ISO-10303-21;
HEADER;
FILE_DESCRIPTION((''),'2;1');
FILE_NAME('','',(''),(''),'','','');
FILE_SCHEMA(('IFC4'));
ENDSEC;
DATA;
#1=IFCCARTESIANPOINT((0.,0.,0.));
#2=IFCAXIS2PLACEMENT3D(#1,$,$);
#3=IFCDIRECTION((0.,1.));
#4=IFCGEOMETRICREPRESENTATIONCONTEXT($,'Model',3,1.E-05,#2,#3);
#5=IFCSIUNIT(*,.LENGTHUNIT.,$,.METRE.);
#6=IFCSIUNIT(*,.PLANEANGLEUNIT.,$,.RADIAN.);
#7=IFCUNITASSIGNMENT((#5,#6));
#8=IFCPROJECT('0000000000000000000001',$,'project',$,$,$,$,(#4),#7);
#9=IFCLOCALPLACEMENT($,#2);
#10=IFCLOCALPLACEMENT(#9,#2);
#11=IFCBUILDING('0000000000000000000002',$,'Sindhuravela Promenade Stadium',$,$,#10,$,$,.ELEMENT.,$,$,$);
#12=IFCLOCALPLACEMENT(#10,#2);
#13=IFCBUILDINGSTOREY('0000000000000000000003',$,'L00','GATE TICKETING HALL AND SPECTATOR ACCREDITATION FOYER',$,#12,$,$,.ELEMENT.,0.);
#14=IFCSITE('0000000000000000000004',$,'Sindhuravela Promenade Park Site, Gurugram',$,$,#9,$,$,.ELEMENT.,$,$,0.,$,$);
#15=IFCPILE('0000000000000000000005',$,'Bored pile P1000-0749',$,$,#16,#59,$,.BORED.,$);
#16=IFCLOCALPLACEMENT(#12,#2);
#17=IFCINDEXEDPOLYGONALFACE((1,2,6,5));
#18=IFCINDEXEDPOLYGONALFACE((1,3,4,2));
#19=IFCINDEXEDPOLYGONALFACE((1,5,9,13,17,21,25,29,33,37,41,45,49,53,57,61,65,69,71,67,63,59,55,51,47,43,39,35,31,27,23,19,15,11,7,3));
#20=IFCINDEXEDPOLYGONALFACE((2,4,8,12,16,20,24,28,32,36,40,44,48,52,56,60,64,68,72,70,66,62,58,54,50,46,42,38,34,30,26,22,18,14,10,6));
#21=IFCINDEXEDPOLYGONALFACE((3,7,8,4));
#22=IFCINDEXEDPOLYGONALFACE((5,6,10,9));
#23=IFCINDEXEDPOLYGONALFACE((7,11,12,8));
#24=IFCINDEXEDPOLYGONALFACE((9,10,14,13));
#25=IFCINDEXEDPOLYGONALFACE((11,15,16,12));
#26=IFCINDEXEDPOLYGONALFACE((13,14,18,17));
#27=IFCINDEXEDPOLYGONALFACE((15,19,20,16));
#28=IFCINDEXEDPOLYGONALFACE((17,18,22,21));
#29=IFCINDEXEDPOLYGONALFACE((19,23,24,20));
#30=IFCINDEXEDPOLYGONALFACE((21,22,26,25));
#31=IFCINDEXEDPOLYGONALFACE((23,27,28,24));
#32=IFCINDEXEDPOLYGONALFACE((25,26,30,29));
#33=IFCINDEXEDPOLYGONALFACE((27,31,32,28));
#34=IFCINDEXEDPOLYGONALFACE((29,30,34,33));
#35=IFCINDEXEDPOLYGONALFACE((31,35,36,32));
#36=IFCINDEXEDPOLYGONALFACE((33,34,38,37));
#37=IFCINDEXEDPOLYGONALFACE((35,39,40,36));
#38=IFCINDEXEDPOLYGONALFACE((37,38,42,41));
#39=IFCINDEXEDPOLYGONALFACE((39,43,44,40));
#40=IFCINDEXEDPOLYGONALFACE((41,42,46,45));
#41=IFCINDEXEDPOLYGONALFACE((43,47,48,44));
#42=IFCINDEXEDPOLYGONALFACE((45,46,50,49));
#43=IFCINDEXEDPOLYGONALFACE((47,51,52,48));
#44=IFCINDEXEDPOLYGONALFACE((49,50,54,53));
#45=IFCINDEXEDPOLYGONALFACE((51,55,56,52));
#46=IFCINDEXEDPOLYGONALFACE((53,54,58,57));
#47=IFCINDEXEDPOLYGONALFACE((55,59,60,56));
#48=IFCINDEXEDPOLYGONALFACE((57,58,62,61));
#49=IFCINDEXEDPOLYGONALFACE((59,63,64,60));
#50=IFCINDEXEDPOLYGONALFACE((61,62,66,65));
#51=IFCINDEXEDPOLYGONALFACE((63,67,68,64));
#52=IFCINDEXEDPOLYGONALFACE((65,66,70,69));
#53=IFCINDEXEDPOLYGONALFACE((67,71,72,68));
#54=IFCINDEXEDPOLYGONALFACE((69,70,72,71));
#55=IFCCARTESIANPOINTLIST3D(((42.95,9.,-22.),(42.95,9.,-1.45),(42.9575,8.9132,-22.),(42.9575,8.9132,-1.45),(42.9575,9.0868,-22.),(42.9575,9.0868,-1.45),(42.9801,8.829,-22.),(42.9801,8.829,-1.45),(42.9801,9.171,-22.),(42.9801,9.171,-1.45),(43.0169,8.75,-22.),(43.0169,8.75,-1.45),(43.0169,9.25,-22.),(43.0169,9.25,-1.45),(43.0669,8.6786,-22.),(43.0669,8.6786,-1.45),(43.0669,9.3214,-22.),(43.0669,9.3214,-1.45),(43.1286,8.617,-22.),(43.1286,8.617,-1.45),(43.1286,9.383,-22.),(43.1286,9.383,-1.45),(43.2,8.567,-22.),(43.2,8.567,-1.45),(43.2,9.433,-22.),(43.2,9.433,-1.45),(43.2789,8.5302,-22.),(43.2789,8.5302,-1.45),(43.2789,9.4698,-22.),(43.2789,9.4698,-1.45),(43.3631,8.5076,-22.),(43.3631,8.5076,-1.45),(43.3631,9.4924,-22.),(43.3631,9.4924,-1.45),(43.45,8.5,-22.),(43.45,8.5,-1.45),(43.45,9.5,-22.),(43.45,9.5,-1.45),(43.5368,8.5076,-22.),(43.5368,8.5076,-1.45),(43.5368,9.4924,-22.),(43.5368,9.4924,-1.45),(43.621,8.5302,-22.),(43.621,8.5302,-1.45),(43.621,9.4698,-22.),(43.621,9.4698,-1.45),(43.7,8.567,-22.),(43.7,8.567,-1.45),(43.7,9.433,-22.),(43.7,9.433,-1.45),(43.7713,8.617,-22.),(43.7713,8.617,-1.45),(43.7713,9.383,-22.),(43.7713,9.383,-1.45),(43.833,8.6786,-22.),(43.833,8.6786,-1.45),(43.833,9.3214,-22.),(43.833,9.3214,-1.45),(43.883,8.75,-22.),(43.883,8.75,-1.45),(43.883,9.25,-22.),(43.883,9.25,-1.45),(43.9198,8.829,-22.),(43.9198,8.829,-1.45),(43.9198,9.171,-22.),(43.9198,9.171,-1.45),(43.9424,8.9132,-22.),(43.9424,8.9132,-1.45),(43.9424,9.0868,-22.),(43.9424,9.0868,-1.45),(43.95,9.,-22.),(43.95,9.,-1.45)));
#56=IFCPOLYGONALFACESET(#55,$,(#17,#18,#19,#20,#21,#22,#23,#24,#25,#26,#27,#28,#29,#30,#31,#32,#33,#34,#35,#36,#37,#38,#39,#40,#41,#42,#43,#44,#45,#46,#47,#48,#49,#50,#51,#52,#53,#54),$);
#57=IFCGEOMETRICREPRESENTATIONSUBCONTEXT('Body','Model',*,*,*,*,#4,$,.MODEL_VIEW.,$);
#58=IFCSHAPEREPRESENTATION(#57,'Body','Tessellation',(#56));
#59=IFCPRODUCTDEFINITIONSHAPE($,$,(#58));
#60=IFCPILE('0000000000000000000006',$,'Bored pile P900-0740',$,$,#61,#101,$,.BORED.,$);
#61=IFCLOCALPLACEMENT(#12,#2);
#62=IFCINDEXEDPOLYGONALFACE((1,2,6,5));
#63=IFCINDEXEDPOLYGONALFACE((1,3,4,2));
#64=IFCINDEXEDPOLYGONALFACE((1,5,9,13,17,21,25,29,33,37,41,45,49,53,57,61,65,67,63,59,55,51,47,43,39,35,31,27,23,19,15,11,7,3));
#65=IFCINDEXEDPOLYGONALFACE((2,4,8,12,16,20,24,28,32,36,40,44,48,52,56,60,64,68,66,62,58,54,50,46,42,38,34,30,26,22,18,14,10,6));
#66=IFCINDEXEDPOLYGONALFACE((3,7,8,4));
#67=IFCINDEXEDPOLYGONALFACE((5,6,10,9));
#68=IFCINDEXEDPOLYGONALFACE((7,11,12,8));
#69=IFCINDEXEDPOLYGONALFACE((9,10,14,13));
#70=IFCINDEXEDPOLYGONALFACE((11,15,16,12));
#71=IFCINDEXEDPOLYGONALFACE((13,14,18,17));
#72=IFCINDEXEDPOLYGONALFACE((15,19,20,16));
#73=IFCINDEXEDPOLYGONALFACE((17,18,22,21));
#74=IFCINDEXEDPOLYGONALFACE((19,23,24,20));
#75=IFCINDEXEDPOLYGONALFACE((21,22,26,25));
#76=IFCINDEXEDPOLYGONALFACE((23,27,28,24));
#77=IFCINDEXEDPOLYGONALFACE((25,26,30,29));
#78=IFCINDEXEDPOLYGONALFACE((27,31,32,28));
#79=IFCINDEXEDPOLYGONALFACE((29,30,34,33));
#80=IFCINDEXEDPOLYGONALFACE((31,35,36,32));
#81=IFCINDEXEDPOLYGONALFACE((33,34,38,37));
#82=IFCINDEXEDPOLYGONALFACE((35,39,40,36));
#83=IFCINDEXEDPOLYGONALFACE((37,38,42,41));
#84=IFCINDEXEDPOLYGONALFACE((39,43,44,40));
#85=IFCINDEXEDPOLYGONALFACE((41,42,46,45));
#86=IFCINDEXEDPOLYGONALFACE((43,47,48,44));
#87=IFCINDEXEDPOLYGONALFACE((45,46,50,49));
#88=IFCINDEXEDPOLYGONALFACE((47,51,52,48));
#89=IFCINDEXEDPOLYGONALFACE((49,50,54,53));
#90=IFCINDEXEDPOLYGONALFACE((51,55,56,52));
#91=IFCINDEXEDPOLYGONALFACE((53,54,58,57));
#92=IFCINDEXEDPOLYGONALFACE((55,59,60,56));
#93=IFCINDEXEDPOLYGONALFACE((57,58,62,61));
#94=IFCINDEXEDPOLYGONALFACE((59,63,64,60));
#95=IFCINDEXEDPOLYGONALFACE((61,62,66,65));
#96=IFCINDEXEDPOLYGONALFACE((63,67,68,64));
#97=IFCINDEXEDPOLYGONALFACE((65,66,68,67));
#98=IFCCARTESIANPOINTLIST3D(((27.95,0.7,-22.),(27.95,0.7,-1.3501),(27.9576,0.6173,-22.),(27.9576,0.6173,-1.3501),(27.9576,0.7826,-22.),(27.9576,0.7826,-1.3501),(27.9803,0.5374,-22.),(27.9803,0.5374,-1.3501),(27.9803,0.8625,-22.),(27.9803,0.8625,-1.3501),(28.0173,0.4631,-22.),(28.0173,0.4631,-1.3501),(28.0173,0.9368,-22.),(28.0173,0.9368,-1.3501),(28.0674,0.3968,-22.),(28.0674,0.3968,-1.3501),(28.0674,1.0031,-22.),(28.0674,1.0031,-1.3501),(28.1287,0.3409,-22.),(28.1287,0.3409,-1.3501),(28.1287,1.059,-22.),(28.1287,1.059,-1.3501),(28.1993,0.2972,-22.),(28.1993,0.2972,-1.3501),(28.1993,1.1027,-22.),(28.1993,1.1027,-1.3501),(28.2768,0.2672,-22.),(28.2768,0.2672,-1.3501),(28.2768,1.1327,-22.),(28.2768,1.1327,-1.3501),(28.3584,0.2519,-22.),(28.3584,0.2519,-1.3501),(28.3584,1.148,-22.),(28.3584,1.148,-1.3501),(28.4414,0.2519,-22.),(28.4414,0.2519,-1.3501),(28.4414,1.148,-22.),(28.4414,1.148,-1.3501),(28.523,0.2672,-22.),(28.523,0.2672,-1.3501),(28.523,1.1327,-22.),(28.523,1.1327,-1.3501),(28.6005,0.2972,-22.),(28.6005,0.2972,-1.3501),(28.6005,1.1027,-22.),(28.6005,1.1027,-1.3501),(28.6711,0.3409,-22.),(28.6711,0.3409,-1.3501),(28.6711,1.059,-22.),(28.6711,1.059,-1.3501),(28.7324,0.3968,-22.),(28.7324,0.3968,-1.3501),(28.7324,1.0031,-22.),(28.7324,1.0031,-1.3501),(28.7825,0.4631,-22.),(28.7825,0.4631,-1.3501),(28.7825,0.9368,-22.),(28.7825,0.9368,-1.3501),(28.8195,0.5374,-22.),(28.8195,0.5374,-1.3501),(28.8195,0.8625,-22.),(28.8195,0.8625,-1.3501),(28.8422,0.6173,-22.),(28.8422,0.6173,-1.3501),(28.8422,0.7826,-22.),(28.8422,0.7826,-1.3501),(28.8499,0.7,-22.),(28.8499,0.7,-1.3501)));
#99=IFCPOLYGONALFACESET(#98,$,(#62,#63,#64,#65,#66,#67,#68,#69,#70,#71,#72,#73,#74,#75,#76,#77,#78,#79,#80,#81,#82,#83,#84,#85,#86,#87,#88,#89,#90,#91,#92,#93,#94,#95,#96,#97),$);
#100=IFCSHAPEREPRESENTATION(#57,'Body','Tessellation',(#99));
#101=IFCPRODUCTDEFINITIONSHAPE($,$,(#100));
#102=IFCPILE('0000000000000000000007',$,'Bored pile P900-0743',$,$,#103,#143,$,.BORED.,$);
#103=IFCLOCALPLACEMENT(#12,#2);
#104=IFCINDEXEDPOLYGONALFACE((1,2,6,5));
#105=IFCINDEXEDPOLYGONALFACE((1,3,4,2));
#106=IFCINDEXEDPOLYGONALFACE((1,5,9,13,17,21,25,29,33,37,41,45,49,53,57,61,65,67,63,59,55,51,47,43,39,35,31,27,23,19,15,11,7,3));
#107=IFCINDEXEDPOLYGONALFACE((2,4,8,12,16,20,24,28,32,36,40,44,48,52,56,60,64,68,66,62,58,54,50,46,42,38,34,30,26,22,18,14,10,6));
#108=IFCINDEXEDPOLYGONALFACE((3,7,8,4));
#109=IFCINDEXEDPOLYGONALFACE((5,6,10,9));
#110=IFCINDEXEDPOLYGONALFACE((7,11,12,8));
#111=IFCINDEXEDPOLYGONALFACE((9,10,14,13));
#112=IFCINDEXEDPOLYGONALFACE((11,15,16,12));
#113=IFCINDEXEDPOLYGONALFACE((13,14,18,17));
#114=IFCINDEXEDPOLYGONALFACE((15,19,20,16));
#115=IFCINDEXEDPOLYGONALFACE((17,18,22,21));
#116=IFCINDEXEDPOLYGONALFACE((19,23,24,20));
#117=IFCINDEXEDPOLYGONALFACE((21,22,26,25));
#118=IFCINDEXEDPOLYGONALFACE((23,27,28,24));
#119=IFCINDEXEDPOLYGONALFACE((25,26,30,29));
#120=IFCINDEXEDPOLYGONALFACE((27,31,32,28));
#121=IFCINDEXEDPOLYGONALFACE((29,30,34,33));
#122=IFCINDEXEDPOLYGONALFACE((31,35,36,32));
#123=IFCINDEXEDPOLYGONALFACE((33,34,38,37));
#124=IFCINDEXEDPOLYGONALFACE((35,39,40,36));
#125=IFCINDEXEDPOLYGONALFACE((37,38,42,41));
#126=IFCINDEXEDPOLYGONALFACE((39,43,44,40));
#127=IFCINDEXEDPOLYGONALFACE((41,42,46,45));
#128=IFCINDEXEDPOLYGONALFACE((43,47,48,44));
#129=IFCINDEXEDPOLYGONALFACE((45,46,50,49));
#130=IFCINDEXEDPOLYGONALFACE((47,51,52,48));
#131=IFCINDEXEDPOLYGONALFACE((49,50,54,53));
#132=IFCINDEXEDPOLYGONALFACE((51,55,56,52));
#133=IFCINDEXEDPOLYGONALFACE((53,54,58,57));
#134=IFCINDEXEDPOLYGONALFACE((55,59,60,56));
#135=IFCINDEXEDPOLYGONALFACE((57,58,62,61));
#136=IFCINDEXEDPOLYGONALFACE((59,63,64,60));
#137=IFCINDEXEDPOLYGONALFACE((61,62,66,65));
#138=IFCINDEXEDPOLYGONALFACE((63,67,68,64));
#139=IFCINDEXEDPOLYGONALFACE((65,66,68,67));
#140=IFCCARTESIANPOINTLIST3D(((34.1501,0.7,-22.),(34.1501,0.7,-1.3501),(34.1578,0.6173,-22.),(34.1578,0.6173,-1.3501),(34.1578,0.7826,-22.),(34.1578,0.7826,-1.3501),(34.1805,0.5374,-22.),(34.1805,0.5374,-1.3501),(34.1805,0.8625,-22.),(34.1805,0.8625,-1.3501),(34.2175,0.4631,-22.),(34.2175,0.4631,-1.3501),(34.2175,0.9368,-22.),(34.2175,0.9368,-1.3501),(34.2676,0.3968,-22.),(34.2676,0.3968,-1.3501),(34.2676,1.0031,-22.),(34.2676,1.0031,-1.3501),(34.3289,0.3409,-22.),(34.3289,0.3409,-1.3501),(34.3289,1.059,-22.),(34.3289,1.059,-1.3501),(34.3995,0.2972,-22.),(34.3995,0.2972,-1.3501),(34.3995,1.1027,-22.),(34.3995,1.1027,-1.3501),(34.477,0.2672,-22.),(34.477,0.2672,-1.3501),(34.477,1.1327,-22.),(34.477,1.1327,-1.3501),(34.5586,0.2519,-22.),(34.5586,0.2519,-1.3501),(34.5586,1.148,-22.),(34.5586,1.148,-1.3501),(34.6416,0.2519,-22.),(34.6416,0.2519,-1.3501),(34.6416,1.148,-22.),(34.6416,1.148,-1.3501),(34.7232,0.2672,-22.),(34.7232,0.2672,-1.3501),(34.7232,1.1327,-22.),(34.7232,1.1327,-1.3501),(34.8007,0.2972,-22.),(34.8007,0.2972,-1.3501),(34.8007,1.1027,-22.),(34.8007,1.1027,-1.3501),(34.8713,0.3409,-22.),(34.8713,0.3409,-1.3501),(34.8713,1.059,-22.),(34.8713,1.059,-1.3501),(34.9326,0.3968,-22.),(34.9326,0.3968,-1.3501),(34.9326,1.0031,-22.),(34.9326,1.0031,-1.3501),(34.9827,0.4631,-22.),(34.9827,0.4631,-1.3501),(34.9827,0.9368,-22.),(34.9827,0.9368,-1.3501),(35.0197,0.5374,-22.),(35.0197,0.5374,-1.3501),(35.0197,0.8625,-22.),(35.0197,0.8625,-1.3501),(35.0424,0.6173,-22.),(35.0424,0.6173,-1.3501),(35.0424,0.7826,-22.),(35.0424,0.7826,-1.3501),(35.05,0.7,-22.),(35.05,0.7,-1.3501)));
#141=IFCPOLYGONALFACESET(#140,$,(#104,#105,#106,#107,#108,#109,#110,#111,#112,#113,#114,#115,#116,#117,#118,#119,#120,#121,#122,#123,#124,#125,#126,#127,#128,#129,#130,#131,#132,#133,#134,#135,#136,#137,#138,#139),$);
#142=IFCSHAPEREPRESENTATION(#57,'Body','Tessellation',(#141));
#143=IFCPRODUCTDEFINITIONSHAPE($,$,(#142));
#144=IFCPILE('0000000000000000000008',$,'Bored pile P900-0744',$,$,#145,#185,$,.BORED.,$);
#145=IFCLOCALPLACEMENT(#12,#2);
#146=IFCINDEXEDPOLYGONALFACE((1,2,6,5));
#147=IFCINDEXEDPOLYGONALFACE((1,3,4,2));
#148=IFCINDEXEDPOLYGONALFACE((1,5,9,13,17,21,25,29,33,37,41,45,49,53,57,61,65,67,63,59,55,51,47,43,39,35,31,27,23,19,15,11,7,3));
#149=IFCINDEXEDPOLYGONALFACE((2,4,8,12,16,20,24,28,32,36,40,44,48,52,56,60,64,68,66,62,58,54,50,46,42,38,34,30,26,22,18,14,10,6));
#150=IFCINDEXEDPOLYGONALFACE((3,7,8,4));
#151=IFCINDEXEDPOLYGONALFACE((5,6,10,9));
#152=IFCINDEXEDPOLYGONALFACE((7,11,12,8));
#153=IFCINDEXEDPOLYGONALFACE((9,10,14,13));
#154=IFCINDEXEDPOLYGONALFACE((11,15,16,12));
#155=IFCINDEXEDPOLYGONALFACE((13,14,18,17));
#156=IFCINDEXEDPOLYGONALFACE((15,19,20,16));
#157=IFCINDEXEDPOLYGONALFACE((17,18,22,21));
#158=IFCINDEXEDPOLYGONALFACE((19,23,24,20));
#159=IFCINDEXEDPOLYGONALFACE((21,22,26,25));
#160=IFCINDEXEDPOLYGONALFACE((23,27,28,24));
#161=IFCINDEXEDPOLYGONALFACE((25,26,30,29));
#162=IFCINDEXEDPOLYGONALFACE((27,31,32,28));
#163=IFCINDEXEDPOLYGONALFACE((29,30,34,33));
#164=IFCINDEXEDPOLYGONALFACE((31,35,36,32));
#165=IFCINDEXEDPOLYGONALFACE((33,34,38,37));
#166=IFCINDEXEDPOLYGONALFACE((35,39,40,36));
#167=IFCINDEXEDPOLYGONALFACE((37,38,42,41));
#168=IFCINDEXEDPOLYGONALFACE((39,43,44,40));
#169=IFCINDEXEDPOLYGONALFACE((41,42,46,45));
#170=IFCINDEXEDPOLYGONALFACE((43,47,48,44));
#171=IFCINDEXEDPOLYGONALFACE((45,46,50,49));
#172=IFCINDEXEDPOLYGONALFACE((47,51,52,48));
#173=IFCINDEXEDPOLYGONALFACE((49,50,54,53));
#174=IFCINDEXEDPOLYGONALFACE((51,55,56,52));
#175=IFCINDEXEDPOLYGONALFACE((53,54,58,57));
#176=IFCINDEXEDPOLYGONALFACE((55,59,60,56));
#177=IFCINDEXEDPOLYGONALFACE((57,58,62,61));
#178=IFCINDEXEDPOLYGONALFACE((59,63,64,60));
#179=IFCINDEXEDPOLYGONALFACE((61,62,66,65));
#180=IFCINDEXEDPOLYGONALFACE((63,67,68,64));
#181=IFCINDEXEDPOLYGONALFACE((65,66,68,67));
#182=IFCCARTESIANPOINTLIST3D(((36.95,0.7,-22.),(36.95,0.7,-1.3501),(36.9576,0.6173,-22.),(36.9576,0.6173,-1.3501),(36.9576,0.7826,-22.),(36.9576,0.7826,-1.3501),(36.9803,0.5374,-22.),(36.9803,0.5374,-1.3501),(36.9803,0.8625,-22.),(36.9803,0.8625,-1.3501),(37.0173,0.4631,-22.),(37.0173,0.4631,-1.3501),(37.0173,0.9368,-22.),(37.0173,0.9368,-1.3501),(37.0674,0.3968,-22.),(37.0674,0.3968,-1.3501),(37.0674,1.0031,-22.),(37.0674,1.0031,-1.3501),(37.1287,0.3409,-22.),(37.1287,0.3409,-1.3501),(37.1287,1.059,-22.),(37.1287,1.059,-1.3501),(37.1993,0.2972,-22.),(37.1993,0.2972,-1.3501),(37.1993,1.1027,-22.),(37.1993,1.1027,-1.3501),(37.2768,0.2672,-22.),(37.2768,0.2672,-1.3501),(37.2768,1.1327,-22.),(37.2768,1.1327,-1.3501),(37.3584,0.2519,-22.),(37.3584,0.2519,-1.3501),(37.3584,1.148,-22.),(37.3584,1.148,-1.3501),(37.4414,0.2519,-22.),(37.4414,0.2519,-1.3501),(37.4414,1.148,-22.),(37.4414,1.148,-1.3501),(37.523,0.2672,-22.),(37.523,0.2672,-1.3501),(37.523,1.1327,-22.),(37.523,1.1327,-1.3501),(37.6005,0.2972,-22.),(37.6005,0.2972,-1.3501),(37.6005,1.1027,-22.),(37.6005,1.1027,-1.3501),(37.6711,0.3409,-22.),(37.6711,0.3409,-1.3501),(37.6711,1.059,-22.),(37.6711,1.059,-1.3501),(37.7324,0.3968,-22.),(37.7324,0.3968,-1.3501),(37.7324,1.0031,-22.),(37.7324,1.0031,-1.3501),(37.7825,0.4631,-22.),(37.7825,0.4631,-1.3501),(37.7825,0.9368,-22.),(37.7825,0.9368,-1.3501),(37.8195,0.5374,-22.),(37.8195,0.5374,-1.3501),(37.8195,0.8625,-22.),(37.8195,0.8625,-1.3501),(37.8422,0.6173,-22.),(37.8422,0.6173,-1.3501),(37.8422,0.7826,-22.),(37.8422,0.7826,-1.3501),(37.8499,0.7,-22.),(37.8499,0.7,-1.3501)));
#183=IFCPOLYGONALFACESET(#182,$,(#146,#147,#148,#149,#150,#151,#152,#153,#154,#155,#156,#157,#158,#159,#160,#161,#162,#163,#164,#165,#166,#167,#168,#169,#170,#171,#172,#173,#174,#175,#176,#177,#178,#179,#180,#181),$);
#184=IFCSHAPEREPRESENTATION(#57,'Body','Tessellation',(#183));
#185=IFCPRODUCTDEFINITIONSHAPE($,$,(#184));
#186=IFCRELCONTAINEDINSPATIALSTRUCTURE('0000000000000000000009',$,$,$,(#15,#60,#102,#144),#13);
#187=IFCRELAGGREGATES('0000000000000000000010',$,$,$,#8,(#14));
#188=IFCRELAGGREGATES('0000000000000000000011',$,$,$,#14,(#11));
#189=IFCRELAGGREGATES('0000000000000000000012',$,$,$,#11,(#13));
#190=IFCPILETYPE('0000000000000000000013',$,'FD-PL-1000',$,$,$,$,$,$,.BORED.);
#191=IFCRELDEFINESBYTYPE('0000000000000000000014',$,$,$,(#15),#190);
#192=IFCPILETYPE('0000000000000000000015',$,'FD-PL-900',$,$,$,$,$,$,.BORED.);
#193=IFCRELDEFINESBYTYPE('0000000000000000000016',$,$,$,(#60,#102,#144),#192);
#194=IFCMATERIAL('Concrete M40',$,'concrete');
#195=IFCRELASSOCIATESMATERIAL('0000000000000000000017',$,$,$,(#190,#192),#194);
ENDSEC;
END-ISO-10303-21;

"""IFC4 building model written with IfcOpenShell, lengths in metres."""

from ifc_helpers import new_model, si_unit, direction, frame, origin, origin_2d, place, context, subcontext, project, spatial, circle, extrude, material, material_profile, profile_set, type_object, element, save


model = new_model("IFC4")

# Units and contexts
model_context = context("Model", 3, precision=1e-05, world=origin(), true_north=direction((0.0, 1.0)))
body_context = subcontext(model_context, "Body", "Model", "MODEL_VIEW")
ifc_project = project(units=[si_unit("LENGTHUNIT", "METRE"), si_unit("PLANEANGLEUNIT", "RADIAN")], contexts=[model_context])

# Site, building, storey
site_placement = place(None, origin())
site = spatial("IfcSite", under=ifc_project, at=site_placement, Name="Sindhuravela Promenade Park Site, Gurugram", CompositionType="ELEMENT", RefElevation=0.0)
building_placement = place(site_placement, origin())
building = spatial("IfcBuilding", under=site, at=building_placement, Name="Sindhuravela Promenade Stadium", CompositionType="ELEMENT")
storey_placement = place(building_placement, origin())
storey = spatial("IfcBuildingStorey", under=building, at=storey_placement, Name="L00", Description="GATE TICKETING HALL AND SPECTATOR ACCREDITATION FOYER", CompositionType="ELEMENT", Elevation=0.0)

# Piles
ifc_material_1 = material(Name="Concrete M40", Category="concrete")
ifc_material_profile_1 = material_profile(ifc_material_1, circle(Radius=0.5, at=origin_2d()), Name="BORED PILE D1000")
ifc_profile_set_1 = profile_set([ifc_material_profile_1], Name="Concrete M40")
pile_type_1 = type_object("IfcPileType", Name="FD-PL-1000", PredefinedType="BORED", material=ifc_profile_set_1)
for number, where, z_axis, x_axis, name in (
    (1, (43.45, 9.0, -1.45), (0.0, 0.0, -1.0), (1.0, 0.0, 0.0), "Bored pile P1000-0749"),
):
    element("IfcPile", number, at=place(storey_placement, frame(where, z_axis=z_axis, x_axis=x_axis)), inside=storey, type_object=pile_type_1, Name=name, PredefinedType="BORED", context=body_context, shape_type="SweptSolid", body=[
        extrude(circle(Radius=0.5, at=origin_2d()), origin(), (0.0, 0.0, 1.0), 20.55),
    ])
ifc_material_profile_2 = material_profile(ifc_material_1, circle(Radius=0.45, at=origin_2d()), Name="BORED PILE D900")
ifc_profile_set_2 = profile_set([ifc_material_profile_2], Name="Concrete M40")
pile_type_2 = type_object("IfcPileType", Name="FD-PL-900", PredefinedType="BORED", material=ifc_profile_set_2)
for number, where, z_axis, x_axis, name in (
    (2, (28.3999, 0.7, -1.3501), (0.0, 0.0, -1.0), (1.0, 0.0, 0.0), "Bored pile P900-0740"),
    (3, (34.6001, 0.7, -1.3501), (0.0, 0.0, -1.0), (1.0, 0.0, 0.0), "Bored pile P900-0743"),
    (4, (37.3999, 0.7, -1.3501), (0.0, 0.0, -1.0), (1.0, 0.0, 0.0), "Bored pile P900-0744"),
):
    element("IfcPile", number, at=place(storey_placement, frame(where, z_axis=z_axis, x_axis=x_axis)), inside=storey, type_object=pile_type_2, Name=name, PredefinedType="BORED", context=body_context, shape_type="SweptSolid", body=[
        extrude(circle(Radius=0.45, at=origin_2d()), origin(), (0.0, 0.0, 1.0), 20.6499),
    ])

save(model, "model.ifc")
